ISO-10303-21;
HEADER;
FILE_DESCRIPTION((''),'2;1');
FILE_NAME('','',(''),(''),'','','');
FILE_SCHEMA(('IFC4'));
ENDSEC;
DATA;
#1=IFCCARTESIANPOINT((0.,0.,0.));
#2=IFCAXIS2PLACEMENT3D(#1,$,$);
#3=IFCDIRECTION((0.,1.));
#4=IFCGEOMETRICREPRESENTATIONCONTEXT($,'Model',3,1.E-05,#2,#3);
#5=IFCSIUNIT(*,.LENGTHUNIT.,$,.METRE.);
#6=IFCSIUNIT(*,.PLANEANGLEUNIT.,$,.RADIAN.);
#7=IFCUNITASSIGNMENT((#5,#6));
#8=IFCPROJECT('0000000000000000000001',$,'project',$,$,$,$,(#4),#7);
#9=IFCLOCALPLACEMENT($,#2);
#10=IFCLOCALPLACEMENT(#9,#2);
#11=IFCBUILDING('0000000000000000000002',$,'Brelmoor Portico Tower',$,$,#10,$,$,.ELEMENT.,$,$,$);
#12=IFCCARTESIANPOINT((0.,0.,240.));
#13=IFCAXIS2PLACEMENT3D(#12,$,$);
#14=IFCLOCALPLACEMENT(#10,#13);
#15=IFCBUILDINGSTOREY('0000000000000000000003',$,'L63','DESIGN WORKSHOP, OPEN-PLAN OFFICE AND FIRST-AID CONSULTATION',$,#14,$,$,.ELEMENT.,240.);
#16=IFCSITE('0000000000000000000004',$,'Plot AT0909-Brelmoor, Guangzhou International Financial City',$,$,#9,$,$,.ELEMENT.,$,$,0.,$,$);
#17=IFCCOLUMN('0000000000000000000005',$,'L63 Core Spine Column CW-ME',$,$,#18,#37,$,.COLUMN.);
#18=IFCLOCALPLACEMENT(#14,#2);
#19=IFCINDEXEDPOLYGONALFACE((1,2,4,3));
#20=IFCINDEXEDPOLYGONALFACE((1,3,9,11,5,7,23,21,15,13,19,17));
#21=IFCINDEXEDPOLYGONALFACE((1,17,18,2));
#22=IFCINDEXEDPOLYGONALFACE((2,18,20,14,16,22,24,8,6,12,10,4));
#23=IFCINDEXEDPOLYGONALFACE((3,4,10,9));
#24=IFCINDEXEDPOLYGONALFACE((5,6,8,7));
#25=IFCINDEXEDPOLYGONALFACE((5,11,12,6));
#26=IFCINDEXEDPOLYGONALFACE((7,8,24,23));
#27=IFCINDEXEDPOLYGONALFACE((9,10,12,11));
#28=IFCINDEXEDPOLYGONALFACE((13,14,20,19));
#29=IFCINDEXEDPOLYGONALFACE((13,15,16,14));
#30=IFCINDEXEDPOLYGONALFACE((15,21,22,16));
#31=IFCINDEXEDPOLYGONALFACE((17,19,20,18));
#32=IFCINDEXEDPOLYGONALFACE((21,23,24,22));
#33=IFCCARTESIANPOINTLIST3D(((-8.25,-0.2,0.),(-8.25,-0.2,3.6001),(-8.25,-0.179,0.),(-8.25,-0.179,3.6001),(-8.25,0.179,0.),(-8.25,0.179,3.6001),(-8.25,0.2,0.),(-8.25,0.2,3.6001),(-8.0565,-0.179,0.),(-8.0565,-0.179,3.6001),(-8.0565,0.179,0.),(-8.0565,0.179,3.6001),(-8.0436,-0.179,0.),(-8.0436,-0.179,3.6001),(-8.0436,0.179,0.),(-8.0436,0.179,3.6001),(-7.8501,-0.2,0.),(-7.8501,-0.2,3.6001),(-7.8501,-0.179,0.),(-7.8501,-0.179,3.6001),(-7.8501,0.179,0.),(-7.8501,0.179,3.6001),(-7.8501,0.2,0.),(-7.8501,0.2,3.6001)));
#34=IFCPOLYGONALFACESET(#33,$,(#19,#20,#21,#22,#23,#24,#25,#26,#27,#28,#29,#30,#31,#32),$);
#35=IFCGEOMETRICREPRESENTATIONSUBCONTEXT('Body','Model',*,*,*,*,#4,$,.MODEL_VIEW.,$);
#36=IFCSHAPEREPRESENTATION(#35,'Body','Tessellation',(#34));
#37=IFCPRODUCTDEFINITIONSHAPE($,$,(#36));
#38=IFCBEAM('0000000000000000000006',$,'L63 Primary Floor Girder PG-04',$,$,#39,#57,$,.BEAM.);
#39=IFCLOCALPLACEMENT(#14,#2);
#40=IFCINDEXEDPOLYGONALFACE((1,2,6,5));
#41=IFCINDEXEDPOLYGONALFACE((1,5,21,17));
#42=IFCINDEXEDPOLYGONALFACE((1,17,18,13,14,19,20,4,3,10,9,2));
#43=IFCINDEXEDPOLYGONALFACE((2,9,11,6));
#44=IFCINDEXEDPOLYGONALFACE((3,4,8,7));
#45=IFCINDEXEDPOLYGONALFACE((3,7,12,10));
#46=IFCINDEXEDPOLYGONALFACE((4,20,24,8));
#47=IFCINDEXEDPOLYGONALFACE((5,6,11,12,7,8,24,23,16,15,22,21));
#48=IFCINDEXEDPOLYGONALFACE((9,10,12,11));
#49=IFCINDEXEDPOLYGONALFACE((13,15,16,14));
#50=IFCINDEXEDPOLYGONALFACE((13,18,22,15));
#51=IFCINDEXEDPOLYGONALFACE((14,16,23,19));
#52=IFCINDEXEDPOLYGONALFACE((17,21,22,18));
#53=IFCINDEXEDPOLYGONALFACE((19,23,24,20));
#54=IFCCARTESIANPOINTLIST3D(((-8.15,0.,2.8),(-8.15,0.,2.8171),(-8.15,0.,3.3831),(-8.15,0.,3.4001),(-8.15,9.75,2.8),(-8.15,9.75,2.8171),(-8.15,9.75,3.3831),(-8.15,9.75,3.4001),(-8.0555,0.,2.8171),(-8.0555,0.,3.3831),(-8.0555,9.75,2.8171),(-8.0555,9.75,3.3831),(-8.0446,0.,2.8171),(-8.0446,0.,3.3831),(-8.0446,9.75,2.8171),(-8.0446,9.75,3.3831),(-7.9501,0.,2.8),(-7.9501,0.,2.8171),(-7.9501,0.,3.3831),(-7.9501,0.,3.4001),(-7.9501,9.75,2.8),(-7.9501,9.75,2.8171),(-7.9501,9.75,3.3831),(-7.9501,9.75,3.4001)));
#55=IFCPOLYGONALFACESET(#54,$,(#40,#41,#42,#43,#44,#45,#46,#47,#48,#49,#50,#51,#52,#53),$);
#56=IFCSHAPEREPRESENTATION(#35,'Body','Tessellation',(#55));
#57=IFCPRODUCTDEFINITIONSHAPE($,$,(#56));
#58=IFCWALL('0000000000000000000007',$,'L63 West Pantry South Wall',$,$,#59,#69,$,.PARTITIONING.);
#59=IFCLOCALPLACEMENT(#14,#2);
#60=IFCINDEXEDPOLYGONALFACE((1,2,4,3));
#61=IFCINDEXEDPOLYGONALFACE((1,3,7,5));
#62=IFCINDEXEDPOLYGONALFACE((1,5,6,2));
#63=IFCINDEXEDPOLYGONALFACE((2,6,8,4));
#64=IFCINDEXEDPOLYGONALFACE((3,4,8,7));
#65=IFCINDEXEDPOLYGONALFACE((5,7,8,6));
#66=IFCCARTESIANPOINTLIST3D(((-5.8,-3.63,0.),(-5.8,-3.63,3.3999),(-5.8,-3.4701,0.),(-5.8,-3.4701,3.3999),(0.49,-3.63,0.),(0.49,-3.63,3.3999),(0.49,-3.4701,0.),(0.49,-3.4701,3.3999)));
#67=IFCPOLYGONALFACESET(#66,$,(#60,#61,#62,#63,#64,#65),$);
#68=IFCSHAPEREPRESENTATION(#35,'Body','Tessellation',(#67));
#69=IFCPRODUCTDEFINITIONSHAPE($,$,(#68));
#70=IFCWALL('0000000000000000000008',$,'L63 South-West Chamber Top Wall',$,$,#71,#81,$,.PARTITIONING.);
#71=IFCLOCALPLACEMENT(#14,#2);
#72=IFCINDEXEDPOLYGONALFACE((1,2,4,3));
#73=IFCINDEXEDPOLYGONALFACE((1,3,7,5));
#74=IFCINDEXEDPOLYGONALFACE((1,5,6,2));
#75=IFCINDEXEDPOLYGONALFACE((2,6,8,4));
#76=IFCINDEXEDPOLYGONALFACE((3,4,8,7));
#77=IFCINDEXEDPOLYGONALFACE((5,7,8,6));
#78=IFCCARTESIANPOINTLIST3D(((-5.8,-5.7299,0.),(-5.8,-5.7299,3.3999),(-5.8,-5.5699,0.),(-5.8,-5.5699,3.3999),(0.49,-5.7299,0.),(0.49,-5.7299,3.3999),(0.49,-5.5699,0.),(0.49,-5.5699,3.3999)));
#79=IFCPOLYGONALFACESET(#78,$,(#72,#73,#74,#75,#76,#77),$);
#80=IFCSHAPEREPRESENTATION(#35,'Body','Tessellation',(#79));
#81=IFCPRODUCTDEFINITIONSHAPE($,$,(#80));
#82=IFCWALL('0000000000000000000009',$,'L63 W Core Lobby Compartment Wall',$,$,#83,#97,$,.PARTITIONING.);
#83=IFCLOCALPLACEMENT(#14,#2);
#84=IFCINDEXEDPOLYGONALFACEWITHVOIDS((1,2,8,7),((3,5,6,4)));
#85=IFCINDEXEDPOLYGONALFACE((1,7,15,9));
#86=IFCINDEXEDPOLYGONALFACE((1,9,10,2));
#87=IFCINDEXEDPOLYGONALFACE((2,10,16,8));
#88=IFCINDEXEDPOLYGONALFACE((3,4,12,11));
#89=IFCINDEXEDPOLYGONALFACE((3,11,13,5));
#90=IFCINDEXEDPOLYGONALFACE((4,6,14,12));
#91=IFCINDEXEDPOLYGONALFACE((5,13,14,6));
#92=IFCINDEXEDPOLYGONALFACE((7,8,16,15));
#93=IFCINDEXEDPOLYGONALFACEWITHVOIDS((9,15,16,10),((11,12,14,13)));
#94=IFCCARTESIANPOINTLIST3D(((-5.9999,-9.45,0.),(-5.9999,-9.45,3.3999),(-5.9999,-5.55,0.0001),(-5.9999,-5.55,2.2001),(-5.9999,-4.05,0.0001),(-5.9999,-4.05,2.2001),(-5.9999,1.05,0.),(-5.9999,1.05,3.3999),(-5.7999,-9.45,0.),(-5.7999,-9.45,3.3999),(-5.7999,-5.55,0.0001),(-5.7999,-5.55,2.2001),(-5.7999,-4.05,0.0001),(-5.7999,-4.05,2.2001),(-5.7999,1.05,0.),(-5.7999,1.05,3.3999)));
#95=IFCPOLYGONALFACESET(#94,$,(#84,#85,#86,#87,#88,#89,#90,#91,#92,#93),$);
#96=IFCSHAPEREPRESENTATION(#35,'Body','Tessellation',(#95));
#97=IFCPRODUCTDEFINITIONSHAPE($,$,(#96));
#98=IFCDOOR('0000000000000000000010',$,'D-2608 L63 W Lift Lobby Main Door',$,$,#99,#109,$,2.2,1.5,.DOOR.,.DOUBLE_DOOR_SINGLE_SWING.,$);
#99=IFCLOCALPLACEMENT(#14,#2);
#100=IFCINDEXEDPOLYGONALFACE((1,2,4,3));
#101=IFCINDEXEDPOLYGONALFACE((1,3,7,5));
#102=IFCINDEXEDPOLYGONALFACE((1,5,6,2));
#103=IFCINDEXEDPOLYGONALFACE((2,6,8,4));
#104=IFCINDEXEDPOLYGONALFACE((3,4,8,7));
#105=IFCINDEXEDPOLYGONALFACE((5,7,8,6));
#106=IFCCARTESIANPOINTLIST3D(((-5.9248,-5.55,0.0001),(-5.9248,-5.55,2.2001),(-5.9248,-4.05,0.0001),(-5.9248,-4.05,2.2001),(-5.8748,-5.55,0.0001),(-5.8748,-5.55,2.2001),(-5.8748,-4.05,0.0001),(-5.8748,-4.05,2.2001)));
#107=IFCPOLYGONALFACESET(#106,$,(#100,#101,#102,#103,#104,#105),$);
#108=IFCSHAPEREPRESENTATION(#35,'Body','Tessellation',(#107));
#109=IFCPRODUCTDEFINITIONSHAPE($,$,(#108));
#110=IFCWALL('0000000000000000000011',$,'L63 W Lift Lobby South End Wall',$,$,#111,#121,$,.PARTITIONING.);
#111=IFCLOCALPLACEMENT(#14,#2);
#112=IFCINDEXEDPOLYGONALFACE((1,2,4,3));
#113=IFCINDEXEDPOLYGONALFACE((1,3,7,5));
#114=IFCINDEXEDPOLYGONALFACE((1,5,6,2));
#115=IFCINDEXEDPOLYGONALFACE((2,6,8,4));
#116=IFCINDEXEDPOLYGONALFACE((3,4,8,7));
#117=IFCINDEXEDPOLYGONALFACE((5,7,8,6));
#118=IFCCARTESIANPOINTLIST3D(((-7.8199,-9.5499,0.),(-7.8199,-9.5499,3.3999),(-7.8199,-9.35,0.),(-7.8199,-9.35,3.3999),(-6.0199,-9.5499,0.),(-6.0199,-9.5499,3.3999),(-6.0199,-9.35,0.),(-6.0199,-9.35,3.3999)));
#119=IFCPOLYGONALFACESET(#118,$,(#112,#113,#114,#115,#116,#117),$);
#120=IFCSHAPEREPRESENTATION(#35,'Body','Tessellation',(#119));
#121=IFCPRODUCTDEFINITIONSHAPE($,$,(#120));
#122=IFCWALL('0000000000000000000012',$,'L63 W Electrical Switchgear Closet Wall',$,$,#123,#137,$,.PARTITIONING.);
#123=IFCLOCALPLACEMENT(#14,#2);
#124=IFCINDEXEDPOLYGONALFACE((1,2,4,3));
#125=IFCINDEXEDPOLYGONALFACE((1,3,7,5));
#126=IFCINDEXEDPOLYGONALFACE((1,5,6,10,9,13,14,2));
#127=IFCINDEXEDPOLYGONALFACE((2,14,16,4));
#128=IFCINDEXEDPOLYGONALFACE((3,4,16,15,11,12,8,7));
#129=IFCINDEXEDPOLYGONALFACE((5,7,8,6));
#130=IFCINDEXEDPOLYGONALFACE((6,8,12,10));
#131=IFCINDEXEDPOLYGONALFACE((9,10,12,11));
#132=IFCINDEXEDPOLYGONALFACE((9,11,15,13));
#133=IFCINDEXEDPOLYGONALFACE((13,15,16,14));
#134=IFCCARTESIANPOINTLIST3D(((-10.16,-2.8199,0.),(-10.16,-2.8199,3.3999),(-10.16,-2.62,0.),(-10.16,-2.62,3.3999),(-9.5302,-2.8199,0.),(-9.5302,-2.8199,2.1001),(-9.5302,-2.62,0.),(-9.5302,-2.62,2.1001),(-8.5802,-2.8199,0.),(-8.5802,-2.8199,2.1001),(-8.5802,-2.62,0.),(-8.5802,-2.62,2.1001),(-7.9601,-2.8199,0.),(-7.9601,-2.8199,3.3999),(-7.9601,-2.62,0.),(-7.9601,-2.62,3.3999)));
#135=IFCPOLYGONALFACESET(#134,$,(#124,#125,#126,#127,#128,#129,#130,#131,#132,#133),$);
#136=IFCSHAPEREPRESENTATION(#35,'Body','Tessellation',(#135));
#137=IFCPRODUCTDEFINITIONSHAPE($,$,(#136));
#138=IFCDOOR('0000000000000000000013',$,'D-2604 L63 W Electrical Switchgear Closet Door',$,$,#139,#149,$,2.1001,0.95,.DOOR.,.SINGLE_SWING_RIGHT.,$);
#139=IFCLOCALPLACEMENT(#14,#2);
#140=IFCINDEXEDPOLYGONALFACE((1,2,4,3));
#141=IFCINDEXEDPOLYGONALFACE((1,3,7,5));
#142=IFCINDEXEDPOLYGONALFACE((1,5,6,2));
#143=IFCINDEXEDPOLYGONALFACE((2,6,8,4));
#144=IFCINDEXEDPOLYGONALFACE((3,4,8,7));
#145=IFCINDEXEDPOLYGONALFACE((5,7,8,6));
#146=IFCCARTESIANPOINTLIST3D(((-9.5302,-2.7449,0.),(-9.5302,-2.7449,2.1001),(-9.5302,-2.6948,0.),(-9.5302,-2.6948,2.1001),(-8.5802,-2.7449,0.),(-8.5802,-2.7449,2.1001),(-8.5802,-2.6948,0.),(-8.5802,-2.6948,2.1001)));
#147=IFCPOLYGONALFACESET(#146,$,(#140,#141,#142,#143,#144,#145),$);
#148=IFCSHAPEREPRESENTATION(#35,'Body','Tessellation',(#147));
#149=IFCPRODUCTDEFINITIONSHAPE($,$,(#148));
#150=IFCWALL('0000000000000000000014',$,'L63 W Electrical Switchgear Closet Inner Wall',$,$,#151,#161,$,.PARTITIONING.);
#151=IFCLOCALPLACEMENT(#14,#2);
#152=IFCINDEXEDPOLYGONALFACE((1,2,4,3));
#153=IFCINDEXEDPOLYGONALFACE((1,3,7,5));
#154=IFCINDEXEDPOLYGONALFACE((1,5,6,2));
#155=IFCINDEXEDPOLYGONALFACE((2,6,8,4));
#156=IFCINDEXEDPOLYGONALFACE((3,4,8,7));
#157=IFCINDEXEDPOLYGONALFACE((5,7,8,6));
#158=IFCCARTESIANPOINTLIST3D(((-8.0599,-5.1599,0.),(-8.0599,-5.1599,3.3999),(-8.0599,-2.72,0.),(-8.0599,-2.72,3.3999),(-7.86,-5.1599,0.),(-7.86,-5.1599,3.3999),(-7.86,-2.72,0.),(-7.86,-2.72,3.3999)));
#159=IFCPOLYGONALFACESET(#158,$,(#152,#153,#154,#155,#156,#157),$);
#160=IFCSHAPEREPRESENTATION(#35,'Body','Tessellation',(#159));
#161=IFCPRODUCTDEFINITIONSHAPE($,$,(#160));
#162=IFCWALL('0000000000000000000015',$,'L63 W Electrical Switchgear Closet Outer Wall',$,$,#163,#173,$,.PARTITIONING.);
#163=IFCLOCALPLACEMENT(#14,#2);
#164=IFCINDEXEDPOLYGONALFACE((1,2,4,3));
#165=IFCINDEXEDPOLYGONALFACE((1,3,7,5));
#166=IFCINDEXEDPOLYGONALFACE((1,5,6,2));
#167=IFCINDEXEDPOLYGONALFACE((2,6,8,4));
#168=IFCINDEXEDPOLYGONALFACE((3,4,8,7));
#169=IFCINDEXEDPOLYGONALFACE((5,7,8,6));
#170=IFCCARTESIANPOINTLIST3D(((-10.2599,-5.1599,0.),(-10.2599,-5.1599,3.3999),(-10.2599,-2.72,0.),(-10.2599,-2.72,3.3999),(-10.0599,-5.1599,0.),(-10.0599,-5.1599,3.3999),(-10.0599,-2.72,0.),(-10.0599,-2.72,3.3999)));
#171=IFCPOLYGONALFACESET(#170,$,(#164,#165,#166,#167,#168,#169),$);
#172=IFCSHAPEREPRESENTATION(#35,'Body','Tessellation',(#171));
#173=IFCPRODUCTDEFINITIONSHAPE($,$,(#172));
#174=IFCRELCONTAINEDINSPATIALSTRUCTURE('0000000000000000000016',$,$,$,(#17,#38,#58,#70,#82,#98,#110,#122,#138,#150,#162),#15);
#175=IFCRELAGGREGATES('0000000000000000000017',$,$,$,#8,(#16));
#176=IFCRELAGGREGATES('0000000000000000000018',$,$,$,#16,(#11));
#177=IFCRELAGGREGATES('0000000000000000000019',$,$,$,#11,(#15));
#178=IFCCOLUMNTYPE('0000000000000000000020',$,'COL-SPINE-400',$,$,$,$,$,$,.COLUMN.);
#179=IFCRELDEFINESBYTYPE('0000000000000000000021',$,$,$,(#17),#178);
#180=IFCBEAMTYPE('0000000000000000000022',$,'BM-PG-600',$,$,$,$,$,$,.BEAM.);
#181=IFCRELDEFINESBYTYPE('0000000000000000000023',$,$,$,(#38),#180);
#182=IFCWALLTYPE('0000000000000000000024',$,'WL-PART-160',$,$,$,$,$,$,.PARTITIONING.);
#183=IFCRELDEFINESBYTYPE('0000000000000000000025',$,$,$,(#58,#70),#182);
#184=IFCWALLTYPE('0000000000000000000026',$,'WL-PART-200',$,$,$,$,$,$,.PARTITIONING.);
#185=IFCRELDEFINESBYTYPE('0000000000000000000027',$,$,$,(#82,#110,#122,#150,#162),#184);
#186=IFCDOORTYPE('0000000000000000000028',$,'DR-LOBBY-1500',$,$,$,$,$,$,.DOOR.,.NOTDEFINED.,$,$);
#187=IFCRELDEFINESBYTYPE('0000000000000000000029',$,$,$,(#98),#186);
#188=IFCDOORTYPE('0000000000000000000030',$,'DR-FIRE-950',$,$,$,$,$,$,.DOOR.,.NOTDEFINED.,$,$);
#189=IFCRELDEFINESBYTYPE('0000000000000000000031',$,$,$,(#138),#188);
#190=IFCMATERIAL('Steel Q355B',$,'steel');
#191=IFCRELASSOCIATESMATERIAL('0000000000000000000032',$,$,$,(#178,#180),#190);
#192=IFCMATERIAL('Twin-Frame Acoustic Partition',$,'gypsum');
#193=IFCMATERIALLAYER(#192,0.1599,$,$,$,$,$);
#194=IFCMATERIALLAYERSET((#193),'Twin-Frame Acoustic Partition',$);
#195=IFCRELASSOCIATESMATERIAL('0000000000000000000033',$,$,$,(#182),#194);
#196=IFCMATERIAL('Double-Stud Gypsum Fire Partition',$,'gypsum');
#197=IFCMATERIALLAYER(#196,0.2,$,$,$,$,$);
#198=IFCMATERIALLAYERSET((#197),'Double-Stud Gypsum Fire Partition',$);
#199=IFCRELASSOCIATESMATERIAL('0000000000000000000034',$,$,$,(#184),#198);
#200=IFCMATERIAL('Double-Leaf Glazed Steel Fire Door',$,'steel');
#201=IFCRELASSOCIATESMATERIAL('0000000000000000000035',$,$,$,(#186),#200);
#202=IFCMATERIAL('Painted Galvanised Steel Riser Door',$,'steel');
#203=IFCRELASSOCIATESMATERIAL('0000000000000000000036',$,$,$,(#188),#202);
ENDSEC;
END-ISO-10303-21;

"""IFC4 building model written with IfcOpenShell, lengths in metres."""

from ifc_helpers import new_model, si_unit, direction, frame, frame_2d, origin, origin_2d, place, context, subcontext, project, spatial, rectangle, i_section, extrude, material, layer, layer_set, material_profile, profile_set, type_object, element, fill, save


model = new_model("IFC4")

# Units and contexts
model_context = context("Model", 3, precision=1e-05, world=origin(), true_north=direction((0.0, 1.0)))
body_context = subcontext(model_context, "Body", "Model", "MODEL_VIEW")
ifc_project = project(units=[si_unit("LENGTHUNIT", "METRE"), si_unit("PLANEANGLEUNIT", "RADIAN")], contexts=[model_context])

# Site, building, storey
site_placement = place(None, origin())
site = spatial("IfcSite", under=ifc_project, at=site_placement, Name="Plot AT0909-Brelmoor, Guangzhou International Financial City", CompositionType="ELEMENT", RefElevation=0.0)
building_placement = place(site_placement, origin())
building = spatial("IfcBuilding", under=site, at=building_placement, Name="Brelmoor Portico Tower", CompositionType="ELEMENT")
storey_placement = place(building_placement, frame((0.0, 0.0, 240.0)))
storey = spatial("IfcBuildingStorey", under=building, at=storey_placement, Name="L63", Description="DESIGN WORKSHOP, OPEN-PLAN OFFICE AND FIRST-AID CONSULTATION", CompositionType="ELEMENT", Elevation=240.0)

# Column
ifc_material_1 = material(Name="Steel Q355B", Category="steel")
ifc_material_profile_1 = material_profile(ifc_material_1, i_section(OverallWidth=0.3999, OverallDepth=0.3999, WebThickness=0.0129, FlangeThickness=0.021, at=origin_2d()), Name="HW 400x400x13x21")
ifc_profile_set_1 = profile_set([ifc_material_profile_1], Name="Steel Q355B")
column_type = type_object("IfcColumnType", Name="COL-SPINE-400", PredefinedType="COLUMN", material=ifc_profile_set_1)
column_placement = place(storey_placement, frame((-8.05, 0.0, 0.0), z_axis=(0.0, 0.0, 1.0), x_axis=(1.0, 0.0, 0.0)))
element("IfcColumn", 1, at=column_placement, inside=storey, type_object=column_type, Name="L63 Core Spine Column CW-ME", PredefinedType="COLUMN", context=body_context, shape_type="SweptSolid", body=[
    extrude(i_section(OverallWidth=0.3999, OverallDepth=0.3999, WebThickness=0.0129, FlangeThickness=0.021, at=origin_2d()), origin(), (0.0, 0.0, 1.0), 3.6001),
])

# Beam
ifc_material_profile_2 = material_profile(ifc_material_1, i_section(OverallWidth=0.2, OverallDepth=0.6001, WebThickness=0.011, FlangeThickness=0.0171, at=origin_2d()), Name="HN 600x200x11x17")
ifc_profile_set_2 = profile_set([ifc_material_profile_2], Name="Steel Q355B")
beam_type = type_object("IfcBeamType", Name="BM-PG-600", PredefinedType="BEAM", material=ifc_profile_set_2)
beam_placement = place(storey_placement, frame((-8.05, 0.0, 3.1001), z_axis=(0.0, 1.0, 0.0), x_axis=(-1.0, 0.0, 0.0)))
element("IfcBeam", 2, at=beam_placement, inside=storey, type_object=beam_type, Name="L63 Primary Floor Girder PG-04", PredefinedType="BEAM", context=body_context, shape_type="SweptSolid", body=[
    extrude(i_section(OverallWidth=0.2, OverallDepth=0.6001, WebThickness=0.011, FlangeThickness=0.0171, at=origin_2d()), origin(), (0.0, 0.0, 1.0), 9.75),
])

# Shared definitions
ifc_material_2 = material(Name="Twin-Frame Acoustic Partition", Category="gypsum")
ifc_layer_1 = layer(ifc_material_2, 0.1599)
ifc_layer_set_1 = layer_set([ifc_layer_1], Name="Twin-Frame Acoustic Partition")
wall_type_1 = type_object("IfcWallType", Name="WL-PART-160", PredefinedType="PARTITIONING", material=ifc_layer_set_1)

# Walls
for number, where, z_axis, x_axis, name in (
    (3, (-5.8, -3.55, 0.0), (0.0, 0.0, 1.0), (1.0, 0.0, 0.0), "L63 West Pantry South Wall"),
    (4, (-5.8, -5.6499, 0.0), (0.0, 0.0, 1.0), (1.0, 0.0, 0.0), "L63 South-West Chamber Top Wall"),
):
    element("IfcWall", number, at=place(storey_placement, frame(where, z_axis=z_axis, x_axis=x_axis)), inside=storey, type_object=wall_type_1, Name=name, PredefinedType="PARTITIONING", context=body_context, shape_type="SweptSolid", body=[
        extrude(rectangle(XDim=6.29, YDim=0.1599, at=frame_2d((3.145, 0.0))), origin(), (0.0, 0.0, 1.0), 3.3999),
    ])

# Wall, opening, door
ifc_material_3 = material(Name="Double-Stud Gypsum Fire Partition", Category="gypsum")
ifc_layer_2 = layer(ifc_material_3, 0.2)
ifc_layer_set_2 = layer_set([ifc_layer_2], Name="Double-Stud Gypsum Fire Partition")
wall_type_2 = type_object("IfcWallType", Name="WL-PART-200", PredefinedType="PARTITIONING", material=ifc_layer_set_2)
wall_1_placement = place(storey_placement, frame((-5.8999, -9.45, 0.0), z_axis=(0.0, 0.0, 1.0), x_axis=(0.0, 1.0, 0.0)))
wall_1 = element("IfcWall", 5, at=wall_1_placement, inside=storey, type_object=wall_type_2, Name="L63 W Core Lobby Compartment Wall", PredefinedType="PARTITIONING", context=body_context, shape_type="SweptSolid", body=[
    extrude(rectangle(XDim=10.5, YDim=0.2, at=frame_2d((5.25, 0.0))), origin(), (0.0, 0.0, 1.0), 3.3999),
])
opening_1_placement = place(wall_1_placement, frame((3.8999, 0.0, 0.0)))
opening_1 = element("IfcOpeningElement", 6, at=opening_1_placement, cuts=wall_1, PredefinedType="OPENING", context=body_context, shape_type="SweptSolid", body=[
    extrude(rectangle(XDim=1.5, YDim=2.2, at=frame_2d((0.75, 1.1001))), frame((0.0, 0.1099, 0.0), z_axis=(0.0, -1.0, 0.0), x_axis=(1.0, 0.0, 0.0)), (0.0, 0.0, 1.0), 0.22),
])
ifc_material_4 = material(Name="Double-Leaf Glazed Steel Fire Door", Category="steel")
door_type_1 = type_object("IfcDoorType", Name="DR-LOBBY-1500", OperationType="NOTDEFINED", PredefinedType="DOOR", material=ifc_material_4)
door_1_placement = place(opening_1_placement, origin())
door_1 = element("IfcDoor", 7, at=door_1_placement, inside=storey, type_object=door_type_1, Name="D-2608 L63 W Lift Lobby Main Door", OperationType="DOUBLE_DOOR_SINGLE_SWING", OverallHeight=2.2, OverallWidth=1.5, PredefinedType="DOOR", context=body_context, shape_type="SweptSolid", body=[
    extrude(rectangle(XDim=1.5, YDim=2.2, at=frame_2d((0.75, 1.1001))), frame((0.0, 0.0249, 0.0), z_axis=(0.0, -1.0, 0.0), x_axis=(1.0, 0.0, 0.0)), (0.0, 0.0, 1.0), 0.05),
])
fill(opening_1, door_1)

# Wall
wall_2_placement = place(storey_placement, frame((-6.02, -9.45, 0.0), z_axis=(0.0, 0.0, 1.0), x_axis=(-1.0, 0.0, 0.0)))
element("IfcWall", 8, at=wall_2_placement, inside=storey, type_object=wall_type_2, Name="L63 W Lift Lobby South End Wall", PredefinedType="PARTITIONING", context=body_context, shape_type="SweptSolid", body=[
    extrude(rectangle(XDim=1.8, YDim=0.2, at=frame_2d((0.8999, 0.0))), origin(), (0.0, 0.0, 1.0), 3.3999),
])

# Wall, opening, door
wall_3_placement = place(storey_placement, frame((-7.96, -2.72, 0.0), z_axis=(0.0, 0.0, 1.0), x_axis=(-1.0, 0.0, 0.0)))
wall_3 = element("IfcWall", 9, at=wall_3_placement, inside=storey, type_object=wall_type_2, Name="L63 W Electrical Switchgear Closet Wall", PredefinedType="PARTITIONING", context=body_context, shape_type="SweptSolid", body=[
    extrude(rectangle(XDim=2.2, YDim=0.2, at=frame_2d((1.1001, 0.0))), origin(), (0.0, 0.0, 1.0), 3.3999),
])
opening_2_placement = place(wall_3_placement, frame((0.6201, 0.0, 0.0)))
opening_2 = element("IfcOpeningElement", 10, at=opening_2_placement, cuts=wall_3, PredefinedType="OPENING", context=body_context, shape_type="SweptSolid", body=[
    extrude(rectangle(XDim=0.95, YDim=2.1001, at=frame_2d((0.4751, 1.05))), frame((0.0, 0.1099, 0.0), z_axis=(0.0, -1.0, 0.0), x_axis=(1.0, 0.0, 0.0)), (0.0, 0.0, 1.0), 0.22),
])
ifc_material_5 = material(Name="Painted Galvanised Steel Riser Door", Category="steel")
door_type_2 = type_object("IfcDoorType", Name="DR-FIRE-950", OperationType="NOTDEFINED", PredefinedType="DOOR", material=ifc_material_5)
door_2_placement = place(opening_2_placement, origin())
door_2 = element("IfcDoor", 11, at=door_2_placement, inside=storey, type_object=door_type_2, Name="D-2604 L63 W Electrical Switchgear Closet Door", OperationType="SINGLE_SWING_RIGHT", OverallHeight=2.1001, OverallWidth=0.95, PredefinedType="DOOR", context=body_context, shape_type="SweptSolid", body=[
    extrude(rectangle(XDim=0.95, YDim=2.1001, at=frame_2d((0.4751, 1.05))), frame((0.0, 0.0249, 0.0), z_axis=(0.0, -1.0, 0.0), x_axis=(1.0, 0.0, 0.0)), (0.0, 0.0, 1.0), 0.05),
])
fill(opening_2, door_2)

# Walls
for number, where, z_axis, x_axis, name in (
    (12, (-7.96, -5.1599, 0.0), (0.0, 0.0, 1.0), (0.0, 1.0, 0.0), "L63 W Electrical Switchgear Closet Inner Wall"),
    (13, (-10.1599, -5.1599, 0.0), (0.0, 0.0, 1.0), (0.0, 1.0, 0.0), "L63 W Electrical Switchgear Closet Outer Wall"),
):
    element("IfcWall", number, at=place(storey_placement, frame(where, z_axis=z_axis, x_axis=x_axis)), inside=storey, type_object=wall_type_2, Name=name, PredefinedType="PARTITIONING", context=body_context, shape_type="SweptSolid", body=[
        extrude(rectangle(XDim=2.4399, YDim=0.2, at=frame_2d((1.22, 0.0))), origin(), (0.0, 0.0, 1.0), 3.3999),
    ])

save(model, "model.ifc")
